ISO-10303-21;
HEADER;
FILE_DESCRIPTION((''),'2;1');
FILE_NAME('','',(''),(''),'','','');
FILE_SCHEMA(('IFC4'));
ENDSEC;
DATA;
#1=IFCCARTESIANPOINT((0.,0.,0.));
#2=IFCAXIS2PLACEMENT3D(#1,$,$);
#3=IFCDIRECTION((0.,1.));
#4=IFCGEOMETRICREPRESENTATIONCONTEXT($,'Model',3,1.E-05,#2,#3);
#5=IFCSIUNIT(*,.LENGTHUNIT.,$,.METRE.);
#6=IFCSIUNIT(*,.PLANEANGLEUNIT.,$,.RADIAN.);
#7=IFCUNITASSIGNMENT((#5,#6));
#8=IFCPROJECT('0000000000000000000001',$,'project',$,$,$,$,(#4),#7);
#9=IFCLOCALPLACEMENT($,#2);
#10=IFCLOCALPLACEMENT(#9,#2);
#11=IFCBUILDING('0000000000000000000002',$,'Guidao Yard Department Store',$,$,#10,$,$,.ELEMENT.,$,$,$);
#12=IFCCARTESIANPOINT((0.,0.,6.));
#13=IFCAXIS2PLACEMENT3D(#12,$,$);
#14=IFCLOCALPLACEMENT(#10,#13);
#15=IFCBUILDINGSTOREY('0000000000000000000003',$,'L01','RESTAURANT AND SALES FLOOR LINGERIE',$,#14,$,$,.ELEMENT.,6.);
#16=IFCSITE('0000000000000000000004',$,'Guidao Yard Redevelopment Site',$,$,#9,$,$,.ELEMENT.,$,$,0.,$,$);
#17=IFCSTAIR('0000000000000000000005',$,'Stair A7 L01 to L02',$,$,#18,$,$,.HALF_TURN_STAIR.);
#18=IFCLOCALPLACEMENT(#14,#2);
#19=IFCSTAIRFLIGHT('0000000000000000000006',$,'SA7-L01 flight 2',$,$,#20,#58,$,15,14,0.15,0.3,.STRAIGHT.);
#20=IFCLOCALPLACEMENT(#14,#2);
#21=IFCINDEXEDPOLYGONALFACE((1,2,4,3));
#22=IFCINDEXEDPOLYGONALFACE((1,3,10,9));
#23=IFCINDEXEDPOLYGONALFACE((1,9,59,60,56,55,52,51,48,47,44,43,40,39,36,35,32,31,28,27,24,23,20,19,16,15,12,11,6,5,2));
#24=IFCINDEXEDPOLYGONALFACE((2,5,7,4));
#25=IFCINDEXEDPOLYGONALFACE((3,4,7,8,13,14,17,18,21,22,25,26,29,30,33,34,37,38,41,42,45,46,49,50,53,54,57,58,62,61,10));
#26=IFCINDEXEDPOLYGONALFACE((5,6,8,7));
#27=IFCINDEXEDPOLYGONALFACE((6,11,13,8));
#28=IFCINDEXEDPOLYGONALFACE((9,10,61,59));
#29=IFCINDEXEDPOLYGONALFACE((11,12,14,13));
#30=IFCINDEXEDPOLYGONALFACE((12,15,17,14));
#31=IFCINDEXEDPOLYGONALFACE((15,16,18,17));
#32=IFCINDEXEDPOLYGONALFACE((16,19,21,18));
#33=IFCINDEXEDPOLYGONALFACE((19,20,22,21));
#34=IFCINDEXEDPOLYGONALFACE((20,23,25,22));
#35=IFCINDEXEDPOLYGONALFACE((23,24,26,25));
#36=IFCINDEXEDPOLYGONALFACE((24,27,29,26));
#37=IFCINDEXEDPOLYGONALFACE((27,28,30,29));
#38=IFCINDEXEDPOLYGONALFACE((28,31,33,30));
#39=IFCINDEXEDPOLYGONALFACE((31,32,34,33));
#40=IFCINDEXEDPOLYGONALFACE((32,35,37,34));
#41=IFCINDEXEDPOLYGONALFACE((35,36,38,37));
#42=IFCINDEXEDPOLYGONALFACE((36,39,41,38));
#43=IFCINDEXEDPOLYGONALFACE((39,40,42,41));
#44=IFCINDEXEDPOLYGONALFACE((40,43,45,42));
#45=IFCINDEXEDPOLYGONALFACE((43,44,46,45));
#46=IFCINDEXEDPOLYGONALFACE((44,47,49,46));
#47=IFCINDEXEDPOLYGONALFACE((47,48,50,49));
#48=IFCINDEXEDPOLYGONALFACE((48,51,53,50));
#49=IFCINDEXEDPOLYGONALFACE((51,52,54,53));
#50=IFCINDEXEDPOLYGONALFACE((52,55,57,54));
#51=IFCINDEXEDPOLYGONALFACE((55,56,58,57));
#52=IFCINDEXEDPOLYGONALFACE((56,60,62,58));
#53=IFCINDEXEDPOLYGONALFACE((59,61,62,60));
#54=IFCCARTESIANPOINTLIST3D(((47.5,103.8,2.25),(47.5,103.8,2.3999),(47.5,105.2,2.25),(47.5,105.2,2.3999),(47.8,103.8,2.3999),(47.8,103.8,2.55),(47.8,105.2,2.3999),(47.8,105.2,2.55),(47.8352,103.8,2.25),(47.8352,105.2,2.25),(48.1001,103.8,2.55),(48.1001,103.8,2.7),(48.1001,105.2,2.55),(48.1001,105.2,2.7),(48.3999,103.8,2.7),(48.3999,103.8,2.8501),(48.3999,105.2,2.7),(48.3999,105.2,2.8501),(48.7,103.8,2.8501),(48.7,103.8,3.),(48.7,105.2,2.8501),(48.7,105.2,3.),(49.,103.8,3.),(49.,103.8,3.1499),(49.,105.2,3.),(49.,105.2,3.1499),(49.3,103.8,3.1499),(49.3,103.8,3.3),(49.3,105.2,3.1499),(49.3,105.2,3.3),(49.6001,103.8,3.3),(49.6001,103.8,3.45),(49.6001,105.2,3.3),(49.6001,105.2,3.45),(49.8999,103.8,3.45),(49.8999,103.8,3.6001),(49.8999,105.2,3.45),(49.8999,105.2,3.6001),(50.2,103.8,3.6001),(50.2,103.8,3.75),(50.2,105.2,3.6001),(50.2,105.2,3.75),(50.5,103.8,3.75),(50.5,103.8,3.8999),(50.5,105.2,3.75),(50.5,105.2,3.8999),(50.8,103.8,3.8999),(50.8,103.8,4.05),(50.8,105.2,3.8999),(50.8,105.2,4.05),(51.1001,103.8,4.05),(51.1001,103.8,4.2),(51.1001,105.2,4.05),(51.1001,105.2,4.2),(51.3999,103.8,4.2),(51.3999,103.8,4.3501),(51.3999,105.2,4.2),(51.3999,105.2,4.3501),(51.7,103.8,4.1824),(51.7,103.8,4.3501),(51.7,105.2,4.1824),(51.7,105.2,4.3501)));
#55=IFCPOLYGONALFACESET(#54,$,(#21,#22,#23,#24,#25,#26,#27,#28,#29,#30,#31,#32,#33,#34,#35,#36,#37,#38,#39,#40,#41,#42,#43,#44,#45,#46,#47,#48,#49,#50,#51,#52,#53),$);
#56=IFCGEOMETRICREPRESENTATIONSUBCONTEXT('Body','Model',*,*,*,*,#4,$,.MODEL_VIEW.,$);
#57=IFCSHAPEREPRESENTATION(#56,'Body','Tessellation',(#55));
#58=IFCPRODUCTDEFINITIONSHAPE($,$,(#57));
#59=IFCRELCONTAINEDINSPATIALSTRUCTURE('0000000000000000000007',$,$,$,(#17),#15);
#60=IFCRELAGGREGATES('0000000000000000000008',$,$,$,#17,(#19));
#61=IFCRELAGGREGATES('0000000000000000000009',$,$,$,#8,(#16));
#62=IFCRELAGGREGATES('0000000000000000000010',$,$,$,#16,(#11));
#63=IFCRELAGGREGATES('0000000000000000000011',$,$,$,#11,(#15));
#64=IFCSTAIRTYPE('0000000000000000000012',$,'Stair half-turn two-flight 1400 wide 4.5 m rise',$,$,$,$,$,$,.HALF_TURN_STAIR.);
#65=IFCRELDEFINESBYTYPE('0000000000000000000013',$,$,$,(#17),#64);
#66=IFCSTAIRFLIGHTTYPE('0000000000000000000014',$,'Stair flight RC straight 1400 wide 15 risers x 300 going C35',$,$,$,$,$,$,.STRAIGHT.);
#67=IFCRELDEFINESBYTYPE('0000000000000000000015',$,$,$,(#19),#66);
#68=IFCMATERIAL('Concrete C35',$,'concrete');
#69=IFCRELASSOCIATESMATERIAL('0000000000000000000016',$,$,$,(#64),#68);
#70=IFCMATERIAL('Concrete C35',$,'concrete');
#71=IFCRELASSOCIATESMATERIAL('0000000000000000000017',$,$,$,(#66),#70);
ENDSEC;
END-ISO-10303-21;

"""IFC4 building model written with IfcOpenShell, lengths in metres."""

from ifc_helpers import new_model, si_unit, direction, frame, origin, place, context, subcontext, project, spatial, polyline, outline, extrude, material, type_object, element, aggregate, save


model = new_model("IFC4")

# Units and contexts
model_context = context("Model", 3, precision=1e-05, world=origin(), true_north=direction((0.0, 1.0)))
body_context = subcontext(model_context, "Body", "Model", "MODEL_VIEW")
ifc_project = project(units=[si_unit("LENGTHUNIT", "METRE"), si_unit("PLANEANGLEUNIT", "RADIAN")], contexts=[model_context])

# Site, building, storey
site_placement = place(None, origin())
site = spatial("IfcSite", under=ifc_project, at=site_placement, Name="Guidao Yard Redevelopment Site", CompositionType="ELEMENT", RefElevation=0.0)
building_placement = place(site_placement, origin())
building = spatial("IfcBuilding", under=site, at=building_placement, Name="Guidao Yard Department Store", CompositionType="ELEMENT")
storey_placement = place(building_placement, frame((0.0, 0.0, 6.0)))
storey = spatial("IfcBuildingStorey", under=building, at=storey_placement, Name="L01", Description="RESTAURANT AND SALES FLOOR LINGERIE", CompositionType="ELEMENT", Elevation=6.0)

# Stair, stair flight
ifc_material_1 = material(Name="Concrete C35", Category="concrete")
stair_type = type_object("IfcStairType", Name="Stair half-turn two-flight 1400 wide 4.5 m rise", PredefinedType="HALF_TURN_STAIR", material=ifc_material_1)
stair_placement = place(storey_placement, origin())
stair = element("IfcStair", 1, at=stair_placement, inside=storey, type_object=stair_type, Name="Stair A7 L01 to L02", PredefinedType="HALF_TURN_STAIR")
ifc_material_2 = material(Name="Concrete C35", Category="concrete")
stair_flight_type = type_object("IfcStairFlightType", Name="Stair flight RC straight 1400 wide 15 risers x 300 going C35", PredefinedType="STRAIGHT", material=ifc_material_2)
stair_flight_1_placement = place(storey_placement, frame((47.5, 104.5, 2.25), z_axis=(0.0, 0.0, 1.0), x_axis=(1.0, 0.0, 0.0)))
stair_flight_1 = element("IfcStairFlight", 2, at=stair_flight_1_placement, type_object=stair_flight_type, Name="SA7-L01 flight 2", NumberOfRisers=15, NumberOfTreads=14, PredefinedType="STRAIGHT", RiserHeight=0.15, TreadLength=0.3, context=body_context, shape_type="SweptSolid", body=[
    extrude(outline(polyline([(0.0, 0.0), (0.0, 0.1499), (0.3, 0.1499), (0.3, 0.3), (0.6001, 0.3), (0.6001, 0.45), (0.8999, 0.45), (0.8999, 0.6001), (1.2, 0.6001), (1.2, 0.75), (1.5, 0.75), (1.5, 0.8999), (1.8, 0.8999), (1.8, 1.05), (2.1001, 1.05), (2.1001, 1.2), (2.3999, 1.2), (2.3999, 1.3501), (2.7, 1.3501), (2.7, 1.5), (3.0, 1.5), (3.0, 1.6499), (3.3, 1.6499), (3.3, 1.8), (3.6001, 1.8), (3.6001, 1.95), (3.8999, 1.95), (3.8999, 2.1001), (4.2, 2.1001), (4.2, 2.25), (4.2, 1.9324), (0.3352, 0.0), (0.0, 0.0)])), frame((0.0, 0.7, 0.0), z_axis=(0.0, -1.0, 0.0), x_axis=(1.0, 0.0, 0.0)), (0.0, 0.0, 1.0), 1.3999),
])
aggregate(stair, [stair_flight_1])

save(model, "model.ifc")
